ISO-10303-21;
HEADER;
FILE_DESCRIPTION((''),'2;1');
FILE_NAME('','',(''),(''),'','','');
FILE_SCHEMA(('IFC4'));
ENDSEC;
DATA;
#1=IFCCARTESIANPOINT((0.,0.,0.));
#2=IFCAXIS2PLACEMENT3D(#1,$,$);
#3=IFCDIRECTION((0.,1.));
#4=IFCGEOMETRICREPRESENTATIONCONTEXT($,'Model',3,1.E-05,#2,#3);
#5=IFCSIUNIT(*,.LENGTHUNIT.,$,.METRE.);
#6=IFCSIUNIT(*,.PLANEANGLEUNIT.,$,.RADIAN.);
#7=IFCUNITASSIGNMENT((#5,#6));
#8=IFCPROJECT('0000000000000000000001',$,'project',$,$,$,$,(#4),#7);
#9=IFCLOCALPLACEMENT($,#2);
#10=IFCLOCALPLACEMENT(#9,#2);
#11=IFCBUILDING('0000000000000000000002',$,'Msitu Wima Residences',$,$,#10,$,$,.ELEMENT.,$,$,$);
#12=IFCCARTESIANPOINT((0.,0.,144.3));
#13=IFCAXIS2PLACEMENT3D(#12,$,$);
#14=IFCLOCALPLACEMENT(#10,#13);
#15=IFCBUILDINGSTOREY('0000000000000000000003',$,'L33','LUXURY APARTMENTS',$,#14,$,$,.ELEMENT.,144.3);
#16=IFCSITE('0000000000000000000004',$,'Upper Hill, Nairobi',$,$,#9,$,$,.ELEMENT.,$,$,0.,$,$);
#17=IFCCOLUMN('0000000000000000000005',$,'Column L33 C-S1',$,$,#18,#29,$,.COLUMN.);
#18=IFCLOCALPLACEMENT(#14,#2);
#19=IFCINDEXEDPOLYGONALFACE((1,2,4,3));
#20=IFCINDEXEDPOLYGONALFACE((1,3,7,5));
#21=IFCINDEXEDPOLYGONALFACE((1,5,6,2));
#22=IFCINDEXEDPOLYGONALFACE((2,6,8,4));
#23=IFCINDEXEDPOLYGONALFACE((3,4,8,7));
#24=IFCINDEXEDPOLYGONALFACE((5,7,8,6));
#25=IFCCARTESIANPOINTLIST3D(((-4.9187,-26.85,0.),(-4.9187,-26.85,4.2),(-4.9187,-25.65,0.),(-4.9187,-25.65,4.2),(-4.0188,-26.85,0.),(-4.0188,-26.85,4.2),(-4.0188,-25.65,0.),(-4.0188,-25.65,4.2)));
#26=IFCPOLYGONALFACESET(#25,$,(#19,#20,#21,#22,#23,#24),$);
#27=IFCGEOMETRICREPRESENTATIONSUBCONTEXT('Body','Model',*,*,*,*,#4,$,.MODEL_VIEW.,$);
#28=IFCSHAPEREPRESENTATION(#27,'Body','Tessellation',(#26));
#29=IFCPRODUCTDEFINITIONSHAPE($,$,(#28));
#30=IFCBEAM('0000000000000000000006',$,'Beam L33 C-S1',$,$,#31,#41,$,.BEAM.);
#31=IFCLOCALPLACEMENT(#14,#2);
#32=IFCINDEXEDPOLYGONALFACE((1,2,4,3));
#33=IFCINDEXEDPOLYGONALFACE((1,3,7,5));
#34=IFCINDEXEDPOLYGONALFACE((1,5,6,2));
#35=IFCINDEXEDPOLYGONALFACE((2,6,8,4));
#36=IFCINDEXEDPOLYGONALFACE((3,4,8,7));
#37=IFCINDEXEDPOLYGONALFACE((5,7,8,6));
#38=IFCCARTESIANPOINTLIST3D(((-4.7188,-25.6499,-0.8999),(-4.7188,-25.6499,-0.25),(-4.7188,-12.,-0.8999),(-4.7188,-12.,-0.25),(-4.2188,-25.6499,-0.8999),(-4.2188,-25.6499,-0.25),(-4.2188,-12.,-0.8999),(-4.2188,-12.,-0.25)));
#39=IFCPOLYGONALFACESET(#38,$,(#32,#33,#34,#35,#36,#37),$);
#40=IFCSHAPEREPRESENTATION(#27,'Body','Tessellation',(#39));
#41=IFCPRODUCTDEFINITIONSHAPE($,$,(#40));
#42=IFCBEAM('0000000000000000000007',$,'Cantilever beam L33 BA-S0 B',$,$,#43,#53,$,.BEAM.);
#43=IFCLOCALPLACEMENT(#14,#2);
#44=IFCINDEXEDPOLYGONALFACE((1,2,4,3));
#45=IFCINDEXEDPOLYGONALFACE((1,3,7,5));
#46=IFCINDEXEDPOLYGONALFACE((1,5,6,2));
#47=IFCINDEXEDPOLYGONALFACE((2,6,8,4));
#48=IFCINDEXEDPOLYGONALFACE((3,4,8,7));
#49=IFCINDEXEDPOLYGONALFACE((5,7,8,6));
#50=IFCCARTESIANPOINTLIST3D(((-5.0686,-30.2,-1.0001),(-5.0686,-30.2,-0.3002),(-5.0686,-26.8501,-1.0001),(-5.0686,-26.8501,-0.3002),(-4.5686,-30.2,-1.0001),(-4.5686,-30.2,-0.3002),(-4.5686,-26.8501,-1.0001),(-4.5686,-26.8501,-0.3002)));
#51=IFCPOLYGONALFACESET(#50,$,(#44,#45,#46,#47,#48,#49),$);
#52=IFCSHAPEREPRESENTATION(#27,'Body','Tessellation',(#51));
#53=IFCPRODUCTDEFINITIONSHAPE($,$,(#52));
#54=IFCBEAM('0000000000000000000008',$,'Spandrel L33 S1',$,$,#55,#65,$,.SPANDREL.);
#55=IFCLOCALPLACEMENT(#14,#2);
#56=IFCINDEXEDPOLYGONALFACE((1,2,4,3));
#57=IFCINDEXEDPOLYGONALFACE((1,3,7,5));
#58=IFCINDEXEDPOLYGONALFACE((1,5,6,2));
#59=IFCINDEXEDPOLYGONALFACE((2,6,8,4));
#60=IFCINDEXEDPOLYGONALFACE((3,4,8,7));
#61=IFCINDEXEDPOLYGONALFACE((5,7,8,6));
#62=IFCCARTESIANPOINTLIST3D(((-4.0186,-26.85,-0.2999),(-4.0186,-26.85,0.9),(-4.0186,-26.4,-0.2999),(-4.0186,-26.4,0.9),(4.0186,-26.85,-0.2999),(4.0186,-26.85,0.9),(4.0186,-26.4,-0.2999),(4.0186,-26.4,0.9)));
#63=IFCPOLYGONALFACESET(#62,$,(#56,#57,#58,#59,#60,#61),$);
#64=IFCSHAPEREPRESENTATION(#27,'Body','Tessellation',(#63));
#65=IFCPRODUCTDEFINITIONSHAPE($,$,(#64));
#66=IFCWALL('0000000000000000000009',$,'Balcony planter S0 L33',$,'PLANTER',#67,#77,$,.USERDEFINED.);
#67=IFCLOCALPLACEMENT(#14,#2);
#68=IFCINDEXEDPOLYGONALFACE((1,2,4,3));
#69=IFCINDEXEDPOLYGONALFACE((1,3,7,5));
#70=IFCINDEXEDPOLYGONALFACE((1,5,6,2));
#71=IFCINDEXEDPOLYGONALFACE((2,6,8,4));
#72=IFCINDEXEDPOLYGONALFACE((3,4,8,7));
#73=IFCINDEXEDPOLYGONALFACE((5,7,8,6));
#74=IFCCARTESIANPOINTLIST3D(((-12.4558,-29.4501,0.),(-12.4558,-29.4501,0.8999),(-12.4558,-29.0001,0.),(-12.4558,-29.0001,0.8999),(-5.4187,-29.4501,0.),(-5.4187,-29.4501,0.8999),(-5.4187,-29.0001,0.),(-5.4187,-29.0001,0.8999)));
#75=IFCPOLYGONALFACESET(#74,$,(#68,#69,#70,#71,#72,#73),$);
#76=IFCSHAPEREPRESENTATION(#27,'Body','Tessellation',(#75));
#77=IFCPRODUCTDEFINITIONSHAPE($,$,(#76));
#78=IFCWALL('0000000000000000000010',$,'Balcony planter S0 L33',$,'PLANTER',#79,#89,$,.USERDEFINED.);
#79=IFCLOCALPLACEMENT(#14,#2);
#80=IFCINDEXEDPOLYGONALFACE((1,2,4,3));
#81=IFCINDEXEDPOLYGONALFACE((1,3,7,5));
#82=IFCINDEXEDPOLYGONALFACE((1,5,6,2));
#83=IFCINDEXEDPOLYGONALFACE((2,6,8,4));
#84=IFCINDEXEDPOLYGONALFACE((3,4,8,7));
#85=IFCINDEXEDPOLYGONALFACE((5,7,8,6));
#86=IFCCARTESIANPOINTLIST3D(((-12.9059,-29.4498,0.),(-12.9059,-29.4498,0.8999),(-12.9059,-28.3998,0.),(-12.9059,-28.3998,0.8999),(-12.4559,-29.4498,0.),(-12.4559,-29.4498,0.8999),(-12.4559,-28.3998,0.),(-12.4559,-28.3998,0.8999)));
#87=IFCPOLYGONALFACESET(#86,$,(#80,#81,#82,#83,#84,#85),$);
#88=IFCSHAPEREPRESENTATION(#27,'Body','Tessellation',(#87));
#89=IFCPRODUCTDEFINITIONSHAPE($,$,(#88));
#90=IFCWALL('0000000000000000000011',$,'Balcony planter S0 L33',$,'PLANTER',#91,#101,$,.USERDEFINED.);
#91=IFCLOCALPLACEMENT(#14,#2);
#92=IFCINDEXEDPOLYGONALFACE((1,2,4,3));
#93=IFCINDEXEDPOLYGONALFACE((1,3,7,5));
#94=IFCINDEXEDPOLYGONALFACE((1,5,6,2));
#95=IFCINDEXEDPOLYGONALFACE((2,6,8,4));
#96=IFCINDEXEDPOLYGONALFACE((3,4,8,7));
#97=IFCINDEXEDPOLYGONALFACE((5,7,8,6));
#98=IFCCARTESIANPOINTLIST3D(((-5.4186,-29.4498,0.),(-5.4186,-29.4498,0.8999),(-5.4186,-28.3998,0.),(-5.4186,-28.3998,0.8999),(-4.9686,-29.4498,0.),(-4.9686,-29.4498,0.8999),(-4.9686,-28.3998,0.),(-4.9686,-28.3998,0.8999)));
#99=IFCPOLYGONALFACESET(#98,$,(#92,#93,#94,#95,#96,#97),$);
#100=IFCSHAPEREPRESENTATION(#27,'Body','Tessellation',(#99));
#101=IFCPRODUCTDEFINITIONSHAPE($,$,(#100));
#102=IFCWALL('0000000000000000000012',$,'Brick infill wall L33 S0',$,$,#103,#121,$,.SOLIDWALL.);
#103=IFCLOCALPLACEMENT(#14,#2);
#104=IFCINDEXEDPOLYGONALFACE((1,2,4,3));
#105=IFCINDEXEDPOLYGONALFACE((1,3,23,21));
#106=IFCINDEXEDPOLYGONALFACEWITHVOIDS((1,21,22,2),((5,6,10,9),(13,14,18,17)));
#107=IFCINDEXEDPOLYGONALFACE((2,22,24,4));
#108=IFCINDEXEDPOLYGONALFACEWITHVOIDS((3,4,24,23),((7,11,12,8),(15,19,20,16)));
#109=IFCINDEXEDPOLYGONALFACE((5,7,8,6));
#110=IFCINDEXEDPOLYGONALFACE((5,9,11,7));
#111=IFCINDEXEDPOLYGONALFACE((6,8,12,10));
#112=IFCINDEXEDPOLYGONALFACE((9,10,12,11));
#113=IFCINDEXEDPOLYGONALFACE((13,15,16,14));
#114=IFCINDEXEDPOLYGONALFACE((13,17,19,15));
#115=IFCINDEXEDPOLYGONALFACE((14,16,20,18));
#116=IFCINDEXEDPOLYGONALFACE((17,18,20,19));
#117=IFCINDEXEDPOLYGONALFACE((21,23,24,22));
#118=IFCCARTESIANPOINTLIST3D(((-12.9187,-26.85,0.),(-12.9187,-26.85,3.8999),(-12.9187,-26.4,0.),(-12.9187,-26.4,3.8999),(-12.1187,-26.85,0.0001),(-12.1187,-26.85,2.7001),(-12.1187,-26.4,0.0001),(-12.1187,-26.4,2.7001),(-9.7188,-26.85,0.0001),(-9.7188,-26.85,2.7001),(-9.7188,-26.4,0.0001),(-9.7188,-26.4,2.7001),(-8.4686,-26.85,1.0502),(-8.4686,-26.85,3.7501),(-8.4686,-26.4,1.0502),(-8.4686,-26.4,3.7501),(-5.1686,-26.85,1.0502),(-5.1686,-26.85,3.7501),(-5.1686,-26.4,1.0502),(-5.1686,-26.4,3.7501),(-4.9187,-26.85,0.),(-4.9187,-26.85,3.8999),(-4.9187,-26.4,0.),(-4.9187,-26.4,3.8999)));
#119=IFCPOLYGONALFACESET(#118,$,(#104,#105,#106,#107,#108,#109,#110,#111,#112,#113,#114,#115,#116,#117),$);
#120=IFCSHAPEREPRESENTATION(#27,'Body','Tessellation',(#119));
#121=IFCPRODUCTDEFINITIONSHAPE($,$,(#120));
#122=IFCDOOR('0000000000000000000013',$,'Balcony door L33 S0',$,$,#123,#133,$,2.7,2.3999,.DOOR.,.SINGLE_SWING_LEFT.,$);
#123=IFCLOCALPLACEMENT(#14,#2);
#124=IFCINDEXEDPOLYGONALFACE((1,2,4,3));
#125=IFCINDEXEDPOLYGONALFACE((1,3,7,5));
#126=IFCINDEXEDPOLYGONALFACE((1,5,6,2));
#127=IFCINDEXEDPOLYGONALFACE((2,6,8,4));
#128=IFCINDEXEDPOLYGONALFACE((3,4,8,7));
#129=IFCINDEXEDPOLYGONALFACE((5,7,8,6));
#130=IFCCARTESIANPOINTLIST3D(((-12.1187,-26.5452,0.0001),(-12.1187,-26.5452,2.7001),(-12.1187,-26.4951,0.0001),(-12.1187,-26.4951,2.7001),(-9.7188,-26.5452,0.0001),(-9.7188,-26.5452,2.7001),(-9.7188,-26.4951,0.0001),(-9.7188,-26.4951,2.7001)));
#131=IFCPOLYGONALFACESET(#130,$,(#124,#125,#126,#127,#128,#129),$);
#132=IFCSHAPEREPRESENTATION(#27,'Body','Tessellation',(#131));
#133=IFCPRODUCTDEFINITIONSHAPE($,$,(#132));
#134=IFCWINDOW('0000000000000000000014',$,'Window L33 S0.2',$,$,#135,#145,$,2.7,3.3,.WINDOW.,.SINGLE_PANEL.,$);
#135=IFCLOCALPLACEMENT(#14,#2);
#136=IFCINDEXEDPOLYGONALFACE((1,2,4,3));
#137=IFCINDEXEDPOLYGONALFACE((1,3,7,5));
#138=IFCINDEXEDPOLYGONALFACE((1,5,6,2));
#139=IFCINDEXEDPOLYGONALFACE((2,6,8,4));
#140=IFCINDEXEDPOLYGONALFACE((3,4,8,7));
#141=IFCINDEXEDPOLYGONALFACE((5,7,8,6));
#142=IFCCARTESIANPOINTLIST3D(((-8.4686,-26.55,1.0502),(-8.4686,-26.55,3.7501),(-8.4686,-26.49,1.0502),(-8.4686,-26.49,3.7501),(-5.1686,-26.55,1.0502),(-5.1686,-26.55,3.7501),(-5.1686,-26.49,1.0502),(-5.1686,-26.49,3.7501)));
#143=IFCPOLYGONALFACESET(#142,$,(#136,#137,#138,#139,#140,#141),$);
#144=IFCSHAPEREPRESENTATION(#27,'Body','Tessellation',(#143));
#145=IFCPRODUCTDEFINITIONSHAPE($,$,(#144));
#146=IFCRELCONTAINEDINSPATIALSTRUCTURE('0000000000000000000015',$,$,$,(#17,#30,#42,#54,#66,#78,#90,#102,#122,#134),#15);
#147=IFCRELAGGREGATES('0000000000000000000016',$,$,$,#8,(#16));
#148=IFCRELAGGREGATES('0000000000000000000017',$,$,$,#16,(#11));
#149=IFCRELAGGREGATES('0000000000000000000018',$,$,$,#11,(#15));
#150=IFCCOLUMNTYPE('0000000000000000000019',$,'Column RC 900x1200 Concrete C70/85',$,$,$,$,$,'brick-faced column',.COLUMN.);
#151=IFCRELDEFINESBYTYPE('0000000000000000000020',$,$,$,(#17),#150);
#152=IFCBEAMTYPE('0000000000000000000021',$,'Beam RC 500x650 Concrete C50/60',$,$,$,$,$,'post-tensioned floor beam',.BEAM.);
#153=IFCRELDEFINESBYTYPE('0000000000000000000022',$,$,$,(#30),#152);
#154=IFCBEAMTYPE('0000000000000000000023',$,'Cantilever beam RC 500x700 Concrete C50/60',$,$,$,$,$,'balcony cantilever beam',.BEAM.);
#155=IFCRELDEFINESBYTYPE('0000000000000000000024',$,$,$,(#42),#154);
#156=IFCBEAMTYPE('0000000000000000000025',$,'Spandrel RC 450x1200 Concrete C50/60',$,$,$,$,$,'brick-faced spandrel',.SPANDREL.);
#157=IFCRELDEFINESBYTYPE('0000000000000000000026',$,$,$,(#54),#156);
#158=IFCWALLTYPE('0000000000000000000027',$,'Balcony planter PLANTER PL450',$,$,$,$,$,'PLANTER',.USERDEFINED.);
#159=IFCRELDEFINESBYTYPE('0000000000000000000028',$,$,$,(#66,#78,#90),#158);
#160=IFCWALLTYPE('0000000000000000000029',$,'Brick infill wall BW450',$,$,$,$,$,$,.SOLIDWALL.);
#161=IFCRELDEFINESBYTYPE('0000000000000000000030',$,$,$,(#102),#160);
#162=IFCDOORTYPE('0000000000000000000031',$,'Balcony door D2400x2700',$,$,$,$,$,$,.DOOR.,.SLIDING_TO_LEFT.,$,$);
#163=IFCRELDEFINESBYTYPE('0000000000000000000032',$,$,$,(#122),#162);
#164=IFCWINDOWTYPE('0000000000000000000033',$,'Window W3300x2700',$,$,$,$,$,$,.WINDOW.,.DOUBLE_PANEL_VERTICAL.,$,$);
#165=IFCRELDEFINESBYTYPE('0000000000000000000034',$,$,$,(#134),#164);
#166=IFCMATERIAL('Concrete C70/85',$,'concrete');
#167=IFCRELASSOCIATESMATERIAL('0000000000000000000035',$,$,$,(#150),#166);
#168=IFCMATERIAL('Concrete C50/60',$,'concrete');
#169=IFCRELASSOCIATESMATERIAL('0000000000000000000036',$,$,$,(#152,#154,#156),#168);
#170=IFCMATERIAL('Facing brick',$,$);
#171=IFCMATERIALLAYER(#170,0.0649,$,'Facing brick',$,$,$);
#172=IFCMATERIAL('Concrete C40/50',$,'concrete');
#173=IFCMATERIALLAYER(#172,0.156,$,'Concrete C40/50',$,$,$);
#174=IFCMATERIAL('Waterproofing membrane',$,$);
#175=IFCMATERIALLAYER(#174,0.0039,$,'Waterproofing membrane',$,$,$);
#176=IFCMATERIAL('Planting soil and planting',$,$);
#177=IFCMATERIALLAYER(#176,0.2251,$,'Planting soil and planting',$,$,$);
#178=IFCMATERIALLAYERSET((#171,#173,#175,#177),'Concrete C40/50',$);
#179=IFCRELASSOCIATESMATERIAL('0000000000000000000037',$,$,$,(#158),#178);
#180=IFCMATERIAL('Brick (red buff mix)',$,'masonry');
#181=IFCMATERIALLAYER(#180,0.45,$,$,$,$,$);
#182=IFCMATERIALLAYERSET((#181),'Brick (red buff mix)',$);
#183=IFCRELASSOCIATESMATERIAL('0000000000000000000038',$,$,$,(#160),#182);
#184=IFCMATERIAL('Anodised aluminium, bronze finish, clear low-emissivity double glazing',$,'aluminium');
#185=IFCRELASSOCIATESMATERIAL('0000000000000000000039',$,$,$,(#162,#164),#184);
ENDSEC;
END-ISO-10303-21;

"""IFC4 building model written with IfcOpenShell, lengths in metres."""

from ifc_helpers import new_model, si_unit, direction, frame, frame_2d, origin, origin_2d, place, context, subcontext, project, spatial, rectangle, extrude, material, layer, layer_set, material_profile, profile_set, type_object, element, fill, save


model = new_model("IFC4")

# Units and contexts
model_context = context("Model", 3, precision=1e-05, world=origin(), true_north=direction((0.0, 1.0)))
body_context = subcontext(model_context, "Body", "Model", "MODEL_VIEW")
ifc_project = project(units=[si_unit("LENGTHUNIT", "METRE"), si_unit("PLANEANGLEUNIT", "RADIAN")], contexts=[model_context])

# Site, building, storey
site_placement = place(None, origin())
site = spatial("IfcSite", under=ifc_project, at=site_placement, Name="Upper Hill, Nairobi", CompositionType="ELEMENT", RefElevation=0.0)
building_placement = place(site_placement, origin())
building = spatial("IfcBuilding", under=site, at=building_placement, Name="Msitu Wima Residences", CompositionType="ELEMENT")
storey_placement = place(building_placement, frame((0.0, 0.0, 144.3)))
storey = spatial("IfcBuildingStorey", under=building, at=storey_placement, Name="L33", Description="LUXURY APARTMENTS", CompositionType="ELEMENT", Elevation=144.3)

# Column
ifc_material_1 = material(Name="Concrete C70/85", Category="concrete")
ifc_material_profile_1 = material_profile(ifc_material_1, rectangle(XDim=0.8999, YDim=1.2, at=origin_2d()), Name="RC 900x1200")
ifc_profile_set_1 = profile_set([ifc_material_profile_1], Name="Concrete C70/85")
column_type = type_object("IfcColumnType", Name="Column RC 900x1200 Concrete C70/85", ElementType="brick-faced column", PredefinedType="COLUMN", material=ifc_profile_set_1)
column_placement = place(storey_placement, frame((-4.4688, -26.25, 0.0), z_axis=(0.0, 0.0, 1.0), x_axis=(1.0, 0.0, 0.0)))
element("IfcColumn", 1, at=column_placement, inside=storey, type_object=column_type, Name="Column L33 C-S1", PredefinedType="COLUMN", context=body_context, shape_type="SweptSolid", body=[
    extrude(rectangle(XDim=0.8999, YDim=1.2, at=origin_2d()), origin(), (0.0, 0.0, 1.0), 4.2),
])

# Beams
ifc_material_2 = material(Name="Concrete C50/60", Category="concrete")
ifc_material_profile_2 = material_profile(ifc_material_2, rectangle(XDim=0.5, YDim=0.6499, at=origin_2d()), Name="RC 500x650")
ifc_profile_set_2 = profile_set([ifc_material_profile_2], Name="Concrete C50/60")
beam_type_1 = type_object("IfcBeamType", Name="Beam RC 500x650 Concrete C50/60", ElementType="post-tensioned floor beam", PredefinedType="BEAM", material=ifc_profile_set_2)
beam_1_placement = place(storey_placement, frame((-4.4688, -25.6499, -0.575), z_axis=(0.0, 1.0, 0.0), x_axis=(-1.0, 0.0, 0.0)))
element("IfcBeam", 2, at=beam_1_placement, inside=storey, type_object=beam_type_1, Name="Beam L33 C-S1", PredefinedType="BEAM", context=body_context, shape_type="SweptSolid", body=[
    extrude(rectangle(XDim=0.5, YDim=0.6499, at=origin_2d()), origin(), (0.0, 0.0, 1.0), 13.6499),
])
ifc_material_profile_3 = material_profile(ifc_material_2, rectangle(XDim=0.5, YDim=0.7, at=origin_2d()), Name="RC 500x700")
ifc_profile_set_3 = profile_set([ifc_material_profile_3], Name="Concrete C50/60")
beam_type_2 = type_object("IfcBeamType", Name="Cantilever beam RC 500x700 Concrete C50/60", ElementType="balcony cantilever beam", PredefinedType="BEAM", material=ifc_profile_set_3)
beam_2_placement = place(storey_placement, frame((-4.8186, -26.8501, -0.6501), z_axis=(0.0, -1.0, 0.0), x_axis=(1.0, 0.0, 0.0)))
element("IfcBeam", 3, at=beam_2_placement, inside=storey, type_object=beam_type_2, Name="Cantilever beam L33 BA-S0 B", PredefinedType="BEAM", context=body_context, shape_type="SweptSolid", body=[
    extrude(rectangle(XDim=0.5, YDim=0.7, at=origin_2d()), origin(), (0.0, 0.0, 1.0), 3.3499),
])
ifc_material_profile_4 = material_profile(ifc_material_2, rectangle(XDim=0.45, YDim=1.2, at=origin_2d()), Name="RC 450x1200")
ifc_profile_set_4 = profile_set([ifc_material_profile_4], Name="Concrete C50/60")
beam_type_3 = type_object("IfcBeamType", Name="Spandrel RC 450x1200 Concrete C50/60", ElementType="brick-faced spandrel", PredefinedType="SPANDREL", material=ifc_profile_set_4)
beam_3_placement = place(storey_placement, frame((-4.0186, -26.625, 0.3), z_axis=(1.0, 0.0, 0.0), x_axis=(0.0, 1.0, 0.0)))
element("IfcBeam", 4, at=beam_3_placement, inside=storey, type_object=beam_type_3, Name="Spandrel L33 S1", PredefinedType="SPANDREL", context=body_context, shape_type="SweptSolid", body=[
    extrude(rectangle(XDim=0.45, YDim=1.2, at=origin_2d()), origin(), (0.0, 0.0, 1.0), 8.0371),
])

# Walls
ifc_material_3 = material(Name="Facing brick")
ifc_layer_1 = layer(ifc_material_3, 0.0649, Name="Facing brick")
ifc_material_4 = material(Name="Concrete C40/50", Category="concrete")
ifc_layer_2 = layer(ifc_material_4, 0.156, Name="Concrete C40/50")
ifc_material_5 = material(Name="Waterproofing membrane")
ifc_layer_3 = layer(ifc_material_5, 0.0039, Name="Waterproofing membrane")
ifc_material_6 = material(Name="Planting soil and planting")
ifc_layer_4 = layer(ifc_material_6, 0.2251, Name="Planting soil and planting")
ifc_layer_set_1 = layer_set([ifc_layer_1, ifc_layer_2, ifc_layer_3, ifc_layer_4], Name="Concrete C40/50")
wall_type_1 = type_object("IfcWallType", Name="Balcony planter PLANTER PL450", ElementType="PLANTER", PredefinedType="USERDEFINED", material=ifc_layer_set_1)
wall_1_placement = place(storey_placement, frame((-12.4558, -29.2251, 0.0), z_axis=(0.0, 0.0, 1.0), x_axis=(1.0, 0.0, 0.0)))
element("IfcWall", 5, at=wall_1_placement, inside=storey, type_object=wall_type_1, Name="Balcony planter S0 L33", ObjectType="PLANTER", PredefinedType="USERDEFINED", context=body_context, shape_type="SweptSolid", body=[
    extrude(rectangle(XDim=7.0371, YDim=0.45, at=frame_2d((3.5186, 0.0))), origin(), (0.0, 0.0, 1.0), 0.8999),
])
for number, where, z_axis, x_axis, name in (
    (6, (-12.6809, -28.3999, 0.0), (0.0, 0.0, 1.0), (0.0, -1.0, 0.0), "Balcony planter S0 L33"),
    (7, (-5.1936, -28.3999, 0.0), (0.0, 0.0, 1.0), (0.0, -1.0, 0.0), "Balcony planter S0 L33"),
):
    element("IfcWall", number, at=place(storey_placement, frame(where, z_axis=z_axis, x_axis=x_axis)), inside=storey, type_object=wall_type_1, Name=name, ObjectType="PLANTER", PredefinedType="USERDEFINED", context=body_context, shape_type="SweptSolid", body=[
        extrude(rectangle(XDim=1.05, YDim=0.45, at=frame_2d((0.5249, 0.0))), origin(), (0.0, 0.0, 1.0), 0.8999),
    ])

# Wall, openings, door, window
ifc_material_7 = material(Name="Brick (red buff mix)", Category="masonry")
ifc_layer_5 = layer(ifc_material_7, 0.45)
ifc_layer_set_2 = layer_set([ifc_layer_5], Name="Brick (red buff mix)")
wall_type_2 = type_object("IfcWallType", Name="Brick infill wall BW450", PredefinedType="SOLIDWALL", material=ifc_layer_set_2)
wall_2_placement = place(storey_placement, frame((-12.9187, -26.625, 0.0), z_axis=(0.0, 0.0, 1.0), x_axis=(1.0, 0.0, 0.0)))
wall_2 = element("IfcWall", 8, at=wall_2_placement, inside=storey, type_object=wall_type_2, Name="Brick infill wall L33 S0", PredefinedType="SOLIDWALL", context=body_context, shape_type="SweptSolid", body=[
    extrude(rectangle(XDim=8.0, YDim=0.45, at=frame_2d((4.0, 0.0))), origin(), (0.0, 0.0, 1.0), 3.8999),
])
opening_1_placement = place(wall_2_placement, frame((0.8, 0.0, 0.0)))
opening_1 = element("IfcOpeningElement", 9, at=opening_1_placement, cuts=wall_2, PredefinedType="OPENING", context=body_context, shape_type="SweptSolid", body=[
    extrude(rectangle(XDim=2.3999, YDim=2.7, at=frame_2d((1.2, 1.3501))), frame((0.0, 0.2349, 0.0), z_axis=(0.0, -1.0, 0.0), x_axis=(1.0, 0.0, 0.0)), (0.0, 0.0, 1.0), 0.47),
])
opening_2_placement = place(wall_2_placement, frame((4.4502, 0.0, 1.05)))
opening_2 = element("IfcOpeningElement", 10, at=opening_2_placement, cuts=wall_2, PredefinedType="OPENING", context=body_context, shape_type="SweptSolid", body=[
    extrude(rectangle(XDim=3.3, YDim=2.7, at=frame_2d((1.6499, 1.3501))), frame((0.0, 0.2349, 0.0), z_axis=(0.0, -1.0, 0.0), x_axis=(1.0, 0.0, 0.0)), (0.0, 0.0, 1.0), 0.47),
])
ifc_material_8 = material(Name="Anodised aluminium, bronze finish, clear low-emissivity double glazing", Category="aluminium")
door_type_1 = type_object("IfcDoorType", Name="Balcony door D2400x2700", OperationType="SLIDING_TO_LEFT", PredefinedType="DOOR", material=ifc_material_8)
door_1_placement = place(opening_1_placement, origin())
door_1 = element("IfcDoor", 11, at=door_1_placement, inside=storey, type_object=door_type_1, Name="Balcony door L33 S0", OperationType="SINGLE_SWING_LEFT", OverallHeight=2.7, OverallWidth=2.3999, PredefinedType="DOOR", context=body_context, shape_type="SweptSolid", body=[
    extrude(rectangle(XDim=2.3999, YDim=2.7, at=frame_2d((1.2, 1.3501))), frame((0.0, 0.1299, 0.0), z_axis=(0.0, -1.0, 0.0), x_axis=(1.0, 0.0, 0.0)), (0.0, 0.0, 1.0), 0.05),
])
fill(opening_1, door_1)
window_type = type_object("IfcWindowType", Name="Window W3300x2700", PartitioningType="DOUBLE_PANEL_VERTICAL", PredefinedType="WINDOW", material=ifc_material_8)
window_1_placement = place(opening_2_placement, origin())
window_1 = element("IfcWindow", 12, at=window_1_placement, inside=storey, type_object=window_type, Name="Window L33 S0.2", OverallHeight=2.7, OverallWidth=3.3, PartitioningType="SINGLE_PANEL", PredefinedType="WINDOW", context=body_context, shape_type="SweptSolid", body=[
    extrude(rectangle(XDim=3.3, YDim=2.7, at=frame_2d((1.6499, 1.3501))), frame((0.0, 0.135, 0.0), z_axis=(0.0, -1.0, 0.0), x_axis=(1.0, 0.0, 0.0)), (0.0, 0.0, 1.0), 0.0601),
])
fill(opening_2, window_1)

save(model, "model.ifc")
